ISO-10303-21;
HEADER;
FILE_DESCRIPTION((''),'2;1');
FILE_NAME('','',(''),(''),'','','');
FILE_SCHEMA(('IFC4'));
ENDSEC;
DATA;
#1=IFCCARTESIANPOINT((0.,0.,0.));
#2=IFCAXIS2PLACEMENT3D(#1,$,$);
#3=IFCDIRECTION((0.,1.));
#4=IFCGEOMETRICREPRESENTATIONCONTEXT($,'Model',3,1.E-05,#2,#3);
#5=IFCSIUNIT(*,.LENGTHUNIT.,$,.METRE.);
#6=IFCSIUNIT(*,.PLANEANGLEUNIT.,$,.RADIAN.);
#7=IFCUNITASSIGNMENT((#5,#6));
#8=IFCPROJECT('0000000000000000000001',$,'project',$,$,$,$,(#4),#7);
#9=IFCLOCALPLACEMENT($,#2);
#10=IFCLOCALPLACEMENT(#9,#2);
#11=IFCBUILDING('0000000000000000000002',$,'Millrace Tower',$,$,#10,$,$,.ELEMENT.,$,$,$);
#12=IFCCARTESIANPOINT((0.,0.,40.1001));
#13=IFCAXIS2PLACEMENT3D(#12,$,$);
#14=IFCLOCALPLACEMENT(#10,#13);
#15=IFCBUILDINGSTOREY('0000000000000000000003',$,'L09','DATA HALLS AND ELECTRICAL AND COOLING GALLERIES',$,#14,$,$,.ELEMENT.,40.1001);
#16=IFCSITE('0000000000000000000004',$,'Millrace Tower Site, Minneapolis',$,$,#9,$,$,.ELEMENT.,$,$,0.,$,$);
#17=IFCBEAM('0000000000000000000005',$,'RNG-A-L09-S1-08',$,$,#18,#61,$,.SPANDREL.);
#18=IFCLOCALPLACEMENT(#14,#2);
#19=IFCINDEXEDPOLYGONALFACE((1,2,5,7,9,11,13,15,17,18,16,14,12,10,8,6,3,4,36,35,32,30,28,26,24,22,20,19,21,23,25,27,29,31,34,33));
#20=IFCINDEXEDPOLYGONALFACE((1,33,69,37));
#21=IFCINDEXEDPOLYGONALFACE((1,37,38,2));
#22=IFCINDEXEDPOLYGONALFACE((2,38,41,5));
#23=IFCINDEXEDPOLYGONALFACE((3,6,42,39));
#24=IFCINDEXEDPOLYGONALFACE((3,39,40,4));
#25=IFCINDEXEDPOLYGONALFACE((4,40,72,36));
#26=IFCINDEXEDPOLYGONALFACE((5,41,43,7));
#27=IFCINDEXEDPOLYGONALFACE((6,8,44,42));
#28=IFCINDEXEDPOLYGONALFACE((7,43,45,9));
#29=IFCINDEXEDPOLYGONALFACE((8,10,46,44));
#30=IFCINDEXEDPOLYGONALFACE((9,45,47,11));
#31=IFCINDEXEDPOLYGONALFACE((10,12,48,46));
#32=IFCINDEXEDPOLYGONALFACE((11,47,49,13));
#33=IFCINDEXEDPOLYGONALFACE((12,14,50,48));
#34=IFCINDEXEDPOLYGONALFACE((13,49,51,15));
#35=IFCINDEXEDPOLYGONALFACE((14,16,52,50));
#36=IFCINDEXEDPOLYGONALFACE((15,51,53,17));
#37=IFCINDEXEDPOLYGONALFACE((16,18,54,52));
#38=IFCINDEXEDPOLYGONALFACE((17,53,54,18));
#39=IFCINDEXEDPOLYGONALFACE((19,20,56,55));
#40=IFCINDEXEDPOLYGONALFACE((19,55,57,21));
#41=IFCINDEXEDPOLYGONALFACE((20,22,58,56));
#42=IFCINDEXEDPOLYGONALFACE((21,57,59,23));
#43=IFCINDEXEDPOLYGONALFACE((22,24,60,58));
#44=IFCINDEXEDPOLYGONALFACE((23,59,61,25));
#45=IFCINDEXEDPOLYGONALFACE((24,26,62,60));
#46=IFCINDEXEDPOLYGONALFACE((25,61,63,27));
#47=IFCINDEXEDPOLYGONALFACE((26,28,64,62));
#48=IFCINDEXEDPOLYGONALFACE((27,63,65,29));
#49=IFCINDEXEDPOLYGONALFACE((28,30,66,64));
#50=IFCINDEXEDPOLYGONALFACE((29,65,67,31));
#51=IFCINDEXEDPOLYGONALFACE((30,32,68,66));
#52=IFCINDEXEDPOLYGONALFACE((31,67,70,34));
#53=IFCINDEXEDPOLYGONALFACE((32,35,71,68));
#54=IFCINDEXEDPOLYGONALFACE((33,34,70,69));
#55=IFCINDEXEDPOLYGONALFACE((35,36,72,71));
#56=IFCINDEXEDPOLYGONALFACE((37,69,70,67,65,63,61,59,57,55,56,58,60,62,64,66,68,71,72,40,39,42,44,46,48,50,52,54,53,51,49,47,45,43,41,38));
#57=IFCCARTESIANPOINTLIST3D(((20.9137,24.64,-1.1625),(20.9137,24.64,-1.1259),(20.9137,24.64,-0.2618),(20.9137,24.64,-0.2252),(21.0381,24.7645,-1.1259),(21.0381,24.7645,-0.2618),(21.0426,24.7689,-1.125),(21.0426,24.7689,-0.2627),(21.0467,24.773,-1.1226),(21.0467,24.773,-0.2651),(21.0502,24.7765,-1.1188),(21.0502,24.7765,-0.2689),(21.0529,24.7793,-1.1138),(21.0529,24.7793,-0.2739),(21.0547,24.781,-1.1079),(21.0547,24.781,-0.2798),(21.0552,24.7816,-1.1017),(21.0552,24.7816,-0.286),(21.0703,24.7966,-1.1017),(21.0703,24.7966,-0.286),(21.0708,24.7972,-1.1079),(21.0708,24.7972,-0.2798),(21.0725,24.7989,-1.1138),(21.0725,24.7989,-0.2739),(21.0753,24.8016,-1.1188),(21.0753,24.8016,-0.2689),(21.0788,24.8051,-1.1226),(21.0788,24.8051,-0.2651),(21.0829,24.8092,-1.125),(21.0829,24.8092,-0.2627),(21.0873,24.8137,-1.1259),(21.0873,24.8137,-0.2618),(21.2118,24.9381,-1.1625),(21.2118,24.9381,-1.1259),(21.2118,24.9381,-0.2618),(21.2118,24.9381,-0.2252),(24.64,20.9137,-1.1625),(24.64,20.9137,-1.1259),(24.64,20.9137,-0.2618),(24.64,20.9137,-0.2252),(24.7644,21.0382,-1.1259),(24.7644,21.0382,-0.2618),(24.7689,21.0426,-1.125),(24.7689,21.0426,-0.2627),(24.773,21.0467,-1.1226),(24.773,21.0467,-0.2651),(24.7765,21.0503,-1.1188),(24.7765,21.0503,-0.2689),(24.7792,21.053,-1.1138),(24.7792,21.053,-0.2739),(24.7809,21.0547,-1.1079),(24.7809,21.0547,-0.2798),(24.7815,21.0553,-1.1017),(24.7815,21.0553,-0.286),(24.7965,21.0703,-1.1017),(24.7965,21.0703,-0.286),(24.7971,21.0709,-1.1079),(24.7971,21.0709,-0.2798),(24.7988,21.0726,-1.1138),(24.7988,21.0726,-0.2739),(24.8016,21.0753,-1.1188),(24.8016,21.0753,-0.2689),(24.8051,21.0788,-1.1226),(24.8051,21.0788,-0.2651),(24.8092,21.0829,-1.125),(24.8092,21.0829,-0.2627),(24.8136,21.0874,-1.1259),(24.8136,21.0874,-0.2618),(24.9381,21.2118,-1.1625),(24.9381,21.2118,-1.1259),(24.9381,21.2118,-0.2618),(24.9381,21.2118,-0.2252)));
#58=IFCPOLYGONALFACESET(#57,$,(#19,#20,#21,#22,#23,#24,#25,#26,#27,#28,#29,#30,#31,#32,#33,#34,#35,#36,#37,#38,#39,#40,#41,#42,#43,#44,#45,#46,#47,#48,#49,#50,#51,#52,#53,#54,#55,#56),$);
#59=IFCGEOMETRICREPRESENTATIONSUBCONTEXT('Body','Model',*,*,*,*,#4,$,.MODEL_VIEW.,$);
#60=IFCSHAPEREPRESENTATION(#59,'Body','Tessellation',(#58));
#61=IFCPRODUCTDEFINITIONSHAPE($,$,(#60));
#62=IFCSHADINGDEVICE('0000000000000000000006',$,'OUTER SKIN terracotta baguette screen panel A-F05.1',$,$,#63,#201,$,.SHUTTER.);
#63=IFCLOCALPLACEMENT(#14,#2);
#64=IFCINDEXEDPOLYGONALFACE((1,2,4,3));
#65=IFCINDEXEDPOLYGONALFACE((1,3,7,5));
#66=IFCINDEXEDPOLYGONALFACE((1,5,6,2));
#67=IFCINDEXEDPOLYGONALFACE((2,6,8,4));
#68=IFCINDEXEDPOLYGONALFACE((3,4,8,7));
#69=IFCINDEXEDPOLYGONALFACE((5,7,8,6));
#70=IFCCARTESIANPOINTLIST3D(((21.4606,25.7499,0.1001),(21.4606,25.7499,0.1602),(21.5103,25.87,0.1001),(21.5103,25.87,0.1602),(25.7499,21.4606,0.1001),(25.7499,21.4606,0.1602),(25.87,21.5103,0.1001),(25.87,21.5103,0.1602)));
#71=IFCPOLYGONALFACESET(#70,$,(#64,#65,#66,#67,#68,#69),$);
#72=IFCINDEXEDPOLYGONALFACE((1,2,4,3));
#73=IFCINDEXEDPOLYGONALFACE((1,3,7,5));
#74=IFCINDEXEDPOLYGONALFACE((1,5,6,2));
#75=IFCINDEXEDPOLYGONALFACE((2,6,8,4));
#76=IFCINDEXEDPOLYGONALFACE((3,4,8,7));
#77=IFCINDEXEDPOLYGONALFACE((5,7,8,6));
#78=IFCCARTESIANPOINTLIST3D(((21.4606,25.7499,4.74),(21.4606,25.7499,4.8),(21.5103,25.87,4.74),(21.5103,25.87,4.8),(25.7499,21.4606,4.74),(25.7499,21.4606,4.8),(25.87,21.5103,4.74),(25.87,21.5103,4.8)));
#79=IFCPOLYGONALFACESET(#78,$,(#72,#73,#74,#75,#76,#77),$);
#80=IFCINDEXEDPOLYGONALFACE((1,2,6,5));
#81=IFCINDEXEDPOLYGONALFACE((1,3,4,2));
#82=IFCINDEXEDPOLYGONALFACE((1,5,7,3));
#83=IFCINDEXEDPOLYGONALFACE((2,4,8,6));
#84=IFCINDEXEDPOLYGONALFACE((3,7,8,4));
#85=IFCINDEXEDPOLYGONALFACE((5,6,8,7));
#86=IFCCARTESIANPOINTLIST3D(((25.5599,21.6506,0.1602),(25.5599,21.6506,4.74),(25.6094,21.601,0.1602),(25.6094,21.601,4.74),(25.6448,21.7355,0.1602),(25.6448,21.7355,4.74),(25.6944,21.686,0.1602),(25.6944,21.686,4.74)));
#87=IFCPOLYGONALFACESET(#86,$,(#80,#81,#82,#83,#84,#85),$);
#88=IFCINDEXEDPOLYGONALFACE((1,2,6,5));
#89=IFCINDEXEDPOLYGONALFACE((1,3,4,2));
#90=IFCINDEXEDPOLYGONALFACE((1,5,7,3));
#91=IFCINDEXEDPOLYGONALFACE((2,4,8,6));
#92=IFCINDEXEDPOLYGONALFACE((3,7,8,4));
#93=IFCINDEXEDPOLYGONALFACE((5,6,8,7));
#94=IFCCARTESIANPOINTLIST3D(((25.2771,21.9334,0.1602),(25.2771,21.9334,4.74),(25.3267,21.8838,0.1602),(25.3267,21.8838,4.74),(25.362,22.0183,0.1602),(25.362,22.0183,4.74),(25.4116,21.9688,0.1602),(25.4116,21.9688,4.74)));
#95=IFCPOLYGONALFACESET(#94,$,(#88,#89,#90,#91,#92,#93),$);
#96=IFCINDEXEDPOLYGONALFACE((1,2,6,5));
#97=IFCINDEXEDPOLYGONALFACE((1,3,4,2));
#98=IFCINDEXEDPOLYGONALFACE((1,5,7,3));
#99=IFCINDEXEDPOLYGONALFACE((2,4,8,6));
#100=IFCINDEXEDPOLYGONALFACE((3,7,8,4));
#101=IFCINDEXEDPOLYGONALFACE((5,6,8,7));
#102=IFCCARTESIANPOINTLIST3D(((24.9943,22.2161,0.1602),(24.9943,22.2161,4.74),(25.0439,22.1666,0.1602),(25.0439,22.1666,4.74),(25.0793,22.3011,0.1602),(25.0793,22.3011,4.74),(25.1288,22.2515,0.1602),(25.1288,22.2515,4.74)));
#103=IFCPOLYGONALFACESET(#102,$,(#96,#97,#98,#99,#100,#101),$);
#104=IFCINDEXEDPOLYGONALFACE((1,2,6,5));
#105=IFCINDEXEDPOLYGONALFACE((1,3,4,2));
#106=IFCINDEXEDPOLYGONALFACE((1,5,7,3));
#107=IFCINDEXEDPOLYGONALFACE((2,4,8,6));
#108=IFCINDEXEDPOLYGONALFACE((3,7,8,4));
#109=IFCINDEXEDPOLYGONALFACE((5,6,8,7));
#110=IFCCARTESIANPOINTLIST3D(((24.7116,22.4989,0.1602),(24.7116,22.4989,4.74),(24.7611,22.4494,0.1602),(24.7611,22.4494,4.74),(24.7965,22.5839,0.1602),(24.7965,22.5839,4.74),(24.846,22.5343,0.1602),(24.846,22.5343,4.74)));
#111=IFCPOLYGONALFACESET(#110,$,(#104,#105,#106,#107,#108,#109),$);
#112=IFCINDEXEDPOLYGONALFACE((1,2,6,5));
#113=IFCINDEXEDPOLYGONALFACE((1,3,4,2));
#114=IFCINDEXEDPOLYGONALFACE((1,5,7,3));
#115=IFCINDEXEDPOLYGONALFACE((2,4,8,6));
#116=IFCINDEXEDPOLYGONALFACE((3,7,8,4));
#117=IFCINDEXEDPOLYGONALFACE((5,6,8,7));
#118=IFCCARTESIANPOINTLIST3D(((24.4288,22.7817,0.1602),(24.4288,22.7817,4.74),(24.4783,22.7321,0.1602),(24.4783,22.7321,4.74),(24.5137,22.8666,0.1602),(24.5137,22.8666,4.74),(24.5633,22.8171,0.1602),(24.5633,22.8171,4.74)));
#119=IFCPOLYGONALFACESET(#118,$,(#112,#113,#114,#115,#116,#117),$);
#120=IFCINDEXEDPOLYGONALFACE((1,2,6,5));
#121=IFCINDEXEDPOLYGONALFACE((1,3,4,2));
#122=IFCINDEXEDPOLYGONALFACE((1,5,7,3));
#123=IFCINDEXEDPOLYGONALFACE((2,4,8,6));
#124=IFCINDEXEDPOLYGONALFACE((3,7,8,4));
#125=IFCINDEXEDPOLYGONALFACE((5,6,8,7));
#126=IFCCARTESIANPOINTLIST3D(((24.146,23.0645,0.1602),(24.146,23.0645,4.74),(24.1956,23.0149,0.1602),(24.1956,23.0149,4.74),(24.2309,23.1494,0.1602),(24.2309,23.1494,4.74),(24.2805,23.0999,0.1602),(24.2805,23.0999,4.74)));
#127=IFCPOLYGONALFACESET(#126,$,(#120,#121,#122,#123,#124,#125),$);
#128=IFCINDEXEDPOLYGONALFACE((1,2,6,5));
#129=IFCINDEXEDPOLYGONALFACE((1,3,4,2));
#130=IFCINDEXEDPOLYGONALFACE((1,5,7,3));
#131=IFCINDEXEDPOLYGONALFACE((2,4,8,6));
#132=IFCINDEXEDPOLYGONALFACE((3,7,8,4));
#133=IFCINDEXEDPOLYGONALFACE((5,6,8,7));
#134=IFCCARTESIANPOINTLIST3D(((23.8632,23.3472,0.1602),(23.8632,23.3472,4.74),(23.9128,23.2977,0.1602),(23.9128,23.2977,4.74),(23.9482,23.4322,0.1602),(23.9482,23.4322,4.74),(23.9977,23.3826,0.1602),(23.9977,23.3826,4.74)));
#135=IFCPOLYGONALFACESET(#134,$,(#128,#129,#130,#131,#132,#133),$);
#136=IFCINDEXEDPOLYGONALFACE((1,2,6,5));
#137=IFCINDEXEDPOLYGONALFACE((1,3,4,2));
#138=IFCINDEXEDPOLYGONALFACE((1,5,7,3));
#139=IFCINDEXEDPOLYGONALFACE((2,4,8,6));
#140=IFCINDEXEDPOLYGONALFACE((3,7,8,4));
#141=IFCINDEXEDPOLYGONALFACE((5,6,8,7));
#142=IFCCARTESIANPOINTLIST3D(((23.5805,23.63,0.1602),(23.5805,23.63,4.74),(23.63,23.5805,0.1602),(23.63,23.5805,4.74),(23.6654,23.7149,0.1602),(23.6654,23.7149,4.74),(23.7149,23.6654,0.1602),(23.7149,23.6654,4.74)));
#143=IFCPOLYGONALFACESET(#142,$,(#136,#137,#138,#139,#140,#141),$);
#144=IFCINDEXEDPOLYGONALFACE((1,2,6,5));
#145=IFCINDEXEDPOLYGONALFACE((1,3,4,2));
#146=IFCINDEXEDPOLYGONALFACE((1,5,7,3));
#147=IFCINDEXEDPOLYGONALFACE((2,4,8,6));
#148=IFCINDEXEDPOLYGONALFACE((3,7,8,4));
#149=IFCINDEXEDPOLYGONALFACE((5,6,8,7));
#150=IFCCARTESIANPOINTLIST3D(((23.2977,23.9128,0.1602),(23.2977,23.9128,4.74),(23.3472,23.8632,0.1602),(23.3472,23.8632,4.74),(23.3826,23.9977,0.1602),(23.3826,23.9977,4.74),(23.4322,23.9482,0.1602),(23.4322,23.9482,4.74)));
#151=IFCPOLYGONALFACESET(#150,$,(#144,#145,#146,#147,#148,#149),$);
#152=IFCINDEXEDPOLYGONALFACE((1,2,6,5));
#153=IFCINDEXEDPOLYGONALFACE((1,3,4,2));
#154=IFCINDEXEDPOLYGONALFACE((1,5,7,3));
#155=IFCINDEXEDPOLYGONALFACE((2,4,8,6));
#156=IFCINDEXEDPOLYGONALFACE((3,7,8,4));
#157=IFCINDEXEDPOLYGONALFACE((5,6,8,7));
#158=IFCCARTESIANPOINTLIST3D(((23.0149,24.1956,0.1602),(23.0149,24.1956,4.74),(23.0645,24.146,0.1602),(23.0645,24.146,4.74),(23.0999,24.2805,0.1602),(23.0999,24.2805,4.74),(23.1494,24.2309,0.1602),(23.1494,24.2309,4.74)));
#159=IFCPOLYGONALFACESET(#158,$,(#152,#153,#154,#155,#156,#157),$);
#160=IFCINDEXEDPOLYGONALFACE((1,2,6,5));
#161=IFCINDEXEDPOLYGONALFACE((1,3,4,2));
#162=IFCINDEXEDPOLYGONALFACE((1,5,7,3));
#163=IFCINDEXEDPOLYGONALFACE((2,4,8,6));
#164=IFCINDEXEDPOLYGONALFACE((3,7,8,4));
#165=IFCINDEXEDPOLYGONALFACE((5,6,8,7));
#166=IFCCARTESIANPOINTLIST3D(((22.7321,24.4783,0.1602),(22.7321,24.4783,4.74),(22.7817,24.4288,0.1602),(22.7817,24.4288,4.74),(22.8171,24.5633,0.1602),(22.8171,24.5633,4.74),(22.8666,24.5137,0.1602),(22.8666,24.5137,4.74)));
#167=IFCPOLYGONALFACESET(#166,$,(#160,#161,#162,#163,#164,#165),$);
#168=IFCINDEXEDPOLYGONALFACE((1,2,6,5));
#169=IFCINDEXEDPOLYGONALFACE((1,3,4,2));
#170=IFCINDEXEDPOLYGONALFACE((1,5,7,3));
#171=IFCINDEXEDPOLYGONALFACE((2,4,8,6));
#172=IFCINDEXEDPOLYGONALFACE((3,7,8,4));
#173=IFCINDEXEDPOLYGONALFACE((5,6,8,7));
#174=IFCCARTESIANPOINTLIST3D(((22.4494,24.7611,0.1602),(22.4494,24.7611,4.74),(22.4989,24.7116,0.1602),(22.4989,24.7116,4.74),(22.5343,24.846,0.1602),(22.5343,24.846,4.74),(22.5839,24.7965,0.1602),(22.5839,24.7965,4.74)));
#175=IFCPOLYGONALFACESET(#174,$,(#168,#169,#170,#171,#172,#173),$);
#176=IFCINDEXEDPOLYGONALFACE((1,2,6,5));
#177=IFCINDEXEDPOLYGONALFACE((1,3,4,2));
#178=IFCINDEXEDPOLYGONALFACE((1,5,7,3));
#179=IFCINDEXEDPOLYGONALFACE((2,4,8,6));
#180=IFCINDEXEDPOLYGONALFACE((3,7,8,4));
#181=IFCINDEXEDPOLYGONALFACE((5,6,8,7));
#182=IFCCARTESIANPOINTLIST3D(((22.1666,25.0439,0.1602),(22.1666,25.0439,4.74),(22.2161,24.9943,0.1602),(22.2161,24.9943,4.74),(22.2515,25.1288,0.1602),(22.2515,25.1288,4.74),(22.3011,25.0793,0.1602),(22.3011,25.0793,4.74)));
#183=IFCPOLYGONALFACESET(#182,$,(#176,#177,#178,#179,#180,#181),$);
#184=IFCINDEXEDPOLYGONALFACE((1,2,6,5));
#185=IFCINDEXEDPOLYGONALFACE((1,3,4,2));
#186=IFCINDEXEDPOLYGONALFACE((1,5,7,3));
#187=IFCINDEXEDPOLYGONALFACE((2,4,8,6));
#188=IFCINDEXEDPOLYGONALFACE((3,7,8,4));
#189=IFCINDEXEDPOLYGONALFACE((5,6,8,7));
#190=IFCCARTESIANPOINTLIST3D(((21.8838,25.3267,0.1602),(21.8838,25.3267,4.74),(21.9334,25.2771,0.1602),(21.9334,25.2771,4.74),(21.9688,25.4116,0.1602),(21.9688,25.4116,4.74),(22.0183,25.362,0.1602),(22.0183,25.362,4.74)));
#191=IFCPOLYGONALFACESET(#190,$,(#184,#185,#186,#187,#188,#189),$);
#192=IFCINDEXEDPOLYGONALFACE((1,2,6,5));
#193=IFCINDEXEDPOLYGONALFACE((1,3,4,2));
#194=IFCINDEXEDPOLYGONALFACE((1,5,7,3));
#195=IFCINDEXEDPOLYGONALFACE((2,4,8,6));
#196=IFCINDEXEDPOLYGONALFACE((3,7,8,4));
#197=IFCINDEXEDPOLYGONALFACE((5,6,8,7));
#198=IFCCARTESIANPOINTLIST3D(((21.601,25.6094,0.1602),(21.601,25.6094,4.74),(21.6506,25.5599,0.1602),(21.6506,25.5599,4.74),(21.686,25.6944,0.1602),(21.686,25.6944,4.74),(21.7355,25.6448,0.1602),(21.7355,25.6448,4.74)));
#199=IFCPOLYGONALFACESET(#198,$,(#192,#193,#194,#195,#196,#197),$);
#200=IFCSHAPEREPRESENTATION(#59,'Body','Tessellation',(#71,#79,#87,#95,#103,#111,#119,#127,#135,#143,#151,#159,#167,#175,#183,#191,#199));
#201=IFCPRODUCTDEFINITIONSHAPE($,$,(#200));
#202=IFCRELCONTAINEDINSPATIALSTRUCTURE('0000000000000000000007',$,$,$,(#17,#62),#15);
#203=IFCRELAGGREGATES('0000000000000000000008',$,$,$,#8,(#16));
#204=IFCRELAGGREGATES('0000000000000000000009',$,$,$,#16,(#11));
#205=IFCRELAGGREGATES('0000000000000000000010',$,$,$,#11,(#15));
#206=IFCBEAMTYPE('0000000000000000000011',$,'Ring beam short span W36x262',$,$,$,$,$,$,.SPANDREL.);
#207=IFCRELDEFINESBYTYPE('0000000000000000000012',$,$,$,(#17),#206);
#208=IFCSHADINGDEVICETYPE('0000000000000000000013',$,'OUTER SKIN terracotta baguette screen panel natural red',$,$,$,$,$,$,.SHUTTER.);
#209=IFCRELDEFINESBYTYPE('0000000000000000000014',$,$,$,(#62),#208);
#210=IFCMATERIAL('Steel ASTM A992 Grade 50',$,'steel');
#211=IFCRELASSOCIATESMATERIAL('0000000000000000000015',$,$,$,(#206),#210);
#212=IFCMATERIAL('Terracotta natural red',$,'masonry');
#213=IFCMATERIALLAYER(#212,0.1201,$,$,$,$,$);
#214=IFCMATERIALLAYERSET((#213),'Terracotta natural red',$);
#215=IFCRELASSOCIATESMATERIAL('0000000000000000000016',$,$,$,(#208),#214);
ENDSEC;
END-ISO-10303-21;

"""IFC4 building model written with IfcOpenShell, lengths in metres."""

from ifc_helpers import new_model, entity, si_unit, direction, frame, frame_2d, origin, origin_2d, place, context, subcontext, project, spatial, rectangle, i_section, extrude, source, transform, mapped, material, layer, layer_set, material_profile, profile_set, type_object, element, save


model = new_model("IFC4")

# Units and contexts
model_context = context("Model", 3, precision=1e-05, world=origin(), true_north=direction((0.0, 1.0)))
body_context = subcontext(model_context, "Body", "Model", "MODEL_VIEW")
ifc_project = project(units=[si_unit("LENGTHUNIT", "METRE"), si_unit("PLANEANGLEUNIT", "RADIAN")], contexts=[model_context])

# Site, building, storey
site_placement = place(None, origin())
site = spatial("IfcSite", under=ifc_project, at=site_placement, Name="Millrace Tower Site, Minneapolis", CompositionType="ELEMENT", RefElevation=0.0)
building_placement = place(site_placement, origin())
building = spatial("IfcBuilding", under=site, at=building_placement, Name="Millrace Tower", CompositionType="ELEMENT")
storey_placement = place(building_placement, frame((0.0, 0.0, 40.1001)))
storey = spatial("IfcBuildingStorey", under=building, at=storey_placement, Name="L09", Description="DATA HALLS AND ELECTRICAL AND COOLING GALLERIES", CompositionType="ELEMENT", Elevation=40.1001)

# Beam
ifc_material_1 = material(Name="Steel ASTM A992 Grade 50", Category="steel")
ifc_material_profile_1 = material_profile(ifc_material_1, i_section(OverallWidth=0.4216, OverallDepth=0.9373, WebThickness=0.0212, FlangeThickness=0.0366, FilletRadius=0.0242, at=origin_2d()))
ifc_profile_set_1 = profile_set([ifc_material_profile_1], Name="Steel ASTM A992 Grade 50")
beam_type_1 = type_object("IfcBeamType", Name="Ring beam short span W36x262", PredefinedType="SPANDREL", material=ifc_profile_set_1)
beam_1_placement = place(storey_placement, frame((21.0627, 24.7891, -0.6938), z_axis=(0.707107, -0.707107, 0.0), x_axis=(0.707107, 0.707107, 0.0)))
element("IfcBeam", 1, at=beam_1_placement, inside=storey, type_object=beam_type_1, Name="RNG-A-L09-S1-08", PredefinedType="SPANDREL", context=body_context, shape_type="SweptSolid", body=[
    extrude(i_section(OverallWidth=0.4216, OverallDepth=0.9373, WebThickness=0.0212, FlangeThickness=0.0366, FilletRadius=0.0242, at=origin_2d()), origin(), (0.0, 0.0, 1.0), 5.2698),
])

# Shading device
ifc_material_2 = material(Name="Terracotta natural red", Category="masonry")
ifc_layer_1 = layer(ifc_material_2, 0.1201)
ifc_layer_set_1 = layer_set([ifc_layer_1], Name="Terracotta natural red")
shading_device_type_1 = type_object("IfcShadingDeviceType", Name="OUTER SKIN terracotta baguette screen panel natural red", PredefinedType="SHUTTER", material=ifc_layer_set_1)
cartesian_point_1 = entity("IfcCartesianPoint", [-3.033, 0.0601])
shared_polyline_1 = entity("IfcPolyline", [cartesian_point_1, entity("IfcCartesianPoint", [3.033, 0.0601]), entity("IfcCartesianPoint", [3.0828, -0.0601]), entity("IfcCartesianPoint", [-3.0828, -0.0601]), cartesian_point_1])
shared_shape_1 = source(origin(), body_context, "Body", "SweptSolid", [
    entity("IfcExtrudedAreaSolid", entity("IfcArbitraryClosedProfileDef", "AREA", None, shared_polyline_1), entity("IfcAxis2Placement3D", entity("IfcCartesianPoint", [0.0, 0.0, 0.0])), entity("IfcDirection", [0.0, 0.0, 1.0]), 0.0601),
    entity("IfcExtrudedAreaSolid", entity("IfcArbitraryClosedProfileDef", "AREA", None, shared_polyline_1), entity("IfcAxis2Placement3D", entity("IfcCartesianPoint", [0.0, 0.0, 4.6399])), entity("IfcDirection", [0.0, 0.0, 1.0]), 0.0601),
    extrude(rectangle(XDim=0.0701, YDim=0.1201, at=frame_2d((-2.7993, 0.0))), frame((0.0, 0.0, 0.0601)), (0.0, 0.0, 1.0), 4.5798),
    extrude(rectangle(XDim=0.0701, YDim=0.1201, at=frame_2d((-2.3994, 0.0))), frame((0.0, 0.0, 0.0601)), (0.0, 0.0, 1.0), 4.5798),
    extrude(rectangle(XDim=0.0701, YDim=0.1201, at=frame_2d((-1.9995, 0.0))), frame((0.0, 0.0, 0.0601)), (0.0, 0.0, 1.0), 4.5798),
    extrude(rectangle(XDim=0.0701, YDim=0.1201, at=frame_2d((-1.5996, 0.0))), frame((0.0, 0.0, 0.0601)), (0.0, 0.0, 1.0), 4.5798),
    extrude(rectangle(XDim=0.0701, YDim=0.1201, at=frame_2d((-1.1997, 0.0))), frame((0.0, 0.0, 0.0601)), (0.0, 0.0, 1.0), 4.5798),
    extrude(rectangle(XDim=0.0701, YDim=0.1201, at=frame_2d((-0.7998, 0.0))), frame((0.0, 0.0, 0.0601)), (0.0, 0.0, 1.0), 4.5798),
    extrude(rectangle(XDim=0.0701, YDim=0.1201, at=frame_2d((-0.3999, 0.0))), frame((0.0, 0.0, 0.0601)), (0.0, 0.0, 1.0), 4.5798),
    extrude(rectangle(XDim=0.0701, YDim=0.1201, at=origin_2d()), frame((0.0, 0.0, 0.0601)), (0.0, 0.0, 1.0), 4.5798),
    extrude(rectangle(XDim=0.0701, YDim=0.1201, at=frame_2d((0.3999, 0.0))), frame((0.0, 0.0, 0.0601)), (0.0, 0.0, 1.0), 4.5798),
    extrude(rectangle(XDim=0.0701, YDim=0.1201, at=frame_2d((0.7998, 0.0))), frame((0.0, 0.0, 0.0601)), (0.0, 0.0, 1.0), 4.5798),
    extrude(rectangle(XDim=0.0701, YDim=0.1201, at=frame_2d((1.1997, 0.0))), frame((0.0, 0.0, 0.0601)), (0.0, 0.0, 1.0), 4.5798),
    extrude(rectangle(XDim=0.0701, YDim=0.1201, at=frame_2d((1.5996, 0.0))), frame((0.0, 0.0, 0.0601)), (0.0, 0.0, 1.0), 4.5798),
    extrude(rectangle(XDim=0.0701, YDim=0.1201, at=frame_2d((1.9995, 0.0))), frame((0.0, 0.0, 0.0601)), (0.0, 0.0, 1.0), 4.5798),
    extrude(rectangle(XDim=0.0701, YDim=0.1201, at=frame_2d((2.3994, 0.0))), frame((0.0, 0.0, 0.0601)), (0.0, 0.0, 1.0), 4.5798),
    extrude(rectangle(XDim=0.0701, YDim=0.1201, at=frame_2d((2.7993, 0.0))), frame((0.0, 0.0, 0.0601)), (0.0, 0.0, 1.0), 4.5798),
])
shading_device_1_placement = place(storey_placement, frame((23.6477, 23.6477, 0.1001), z_axis=(0.0, 0.0, 1.0), x_axis=(-0.707107, 0.707107, 0.0)))
element("IfcShadingDevice", 2, at=shading_device_1_placement, inside=storey, type_object=shading_device_type_1, Name="OUTER SKIN terracotta baguette screen panel A-F05.1", PredefinedType="SHUTTER", context=body_context, shape_type="MappedRepresentation", body=[
    mapped(shared_shape_1, transform((0.0, 0.0, 0.0), scale=1.0)),
])

save(model, "model.ifc")
